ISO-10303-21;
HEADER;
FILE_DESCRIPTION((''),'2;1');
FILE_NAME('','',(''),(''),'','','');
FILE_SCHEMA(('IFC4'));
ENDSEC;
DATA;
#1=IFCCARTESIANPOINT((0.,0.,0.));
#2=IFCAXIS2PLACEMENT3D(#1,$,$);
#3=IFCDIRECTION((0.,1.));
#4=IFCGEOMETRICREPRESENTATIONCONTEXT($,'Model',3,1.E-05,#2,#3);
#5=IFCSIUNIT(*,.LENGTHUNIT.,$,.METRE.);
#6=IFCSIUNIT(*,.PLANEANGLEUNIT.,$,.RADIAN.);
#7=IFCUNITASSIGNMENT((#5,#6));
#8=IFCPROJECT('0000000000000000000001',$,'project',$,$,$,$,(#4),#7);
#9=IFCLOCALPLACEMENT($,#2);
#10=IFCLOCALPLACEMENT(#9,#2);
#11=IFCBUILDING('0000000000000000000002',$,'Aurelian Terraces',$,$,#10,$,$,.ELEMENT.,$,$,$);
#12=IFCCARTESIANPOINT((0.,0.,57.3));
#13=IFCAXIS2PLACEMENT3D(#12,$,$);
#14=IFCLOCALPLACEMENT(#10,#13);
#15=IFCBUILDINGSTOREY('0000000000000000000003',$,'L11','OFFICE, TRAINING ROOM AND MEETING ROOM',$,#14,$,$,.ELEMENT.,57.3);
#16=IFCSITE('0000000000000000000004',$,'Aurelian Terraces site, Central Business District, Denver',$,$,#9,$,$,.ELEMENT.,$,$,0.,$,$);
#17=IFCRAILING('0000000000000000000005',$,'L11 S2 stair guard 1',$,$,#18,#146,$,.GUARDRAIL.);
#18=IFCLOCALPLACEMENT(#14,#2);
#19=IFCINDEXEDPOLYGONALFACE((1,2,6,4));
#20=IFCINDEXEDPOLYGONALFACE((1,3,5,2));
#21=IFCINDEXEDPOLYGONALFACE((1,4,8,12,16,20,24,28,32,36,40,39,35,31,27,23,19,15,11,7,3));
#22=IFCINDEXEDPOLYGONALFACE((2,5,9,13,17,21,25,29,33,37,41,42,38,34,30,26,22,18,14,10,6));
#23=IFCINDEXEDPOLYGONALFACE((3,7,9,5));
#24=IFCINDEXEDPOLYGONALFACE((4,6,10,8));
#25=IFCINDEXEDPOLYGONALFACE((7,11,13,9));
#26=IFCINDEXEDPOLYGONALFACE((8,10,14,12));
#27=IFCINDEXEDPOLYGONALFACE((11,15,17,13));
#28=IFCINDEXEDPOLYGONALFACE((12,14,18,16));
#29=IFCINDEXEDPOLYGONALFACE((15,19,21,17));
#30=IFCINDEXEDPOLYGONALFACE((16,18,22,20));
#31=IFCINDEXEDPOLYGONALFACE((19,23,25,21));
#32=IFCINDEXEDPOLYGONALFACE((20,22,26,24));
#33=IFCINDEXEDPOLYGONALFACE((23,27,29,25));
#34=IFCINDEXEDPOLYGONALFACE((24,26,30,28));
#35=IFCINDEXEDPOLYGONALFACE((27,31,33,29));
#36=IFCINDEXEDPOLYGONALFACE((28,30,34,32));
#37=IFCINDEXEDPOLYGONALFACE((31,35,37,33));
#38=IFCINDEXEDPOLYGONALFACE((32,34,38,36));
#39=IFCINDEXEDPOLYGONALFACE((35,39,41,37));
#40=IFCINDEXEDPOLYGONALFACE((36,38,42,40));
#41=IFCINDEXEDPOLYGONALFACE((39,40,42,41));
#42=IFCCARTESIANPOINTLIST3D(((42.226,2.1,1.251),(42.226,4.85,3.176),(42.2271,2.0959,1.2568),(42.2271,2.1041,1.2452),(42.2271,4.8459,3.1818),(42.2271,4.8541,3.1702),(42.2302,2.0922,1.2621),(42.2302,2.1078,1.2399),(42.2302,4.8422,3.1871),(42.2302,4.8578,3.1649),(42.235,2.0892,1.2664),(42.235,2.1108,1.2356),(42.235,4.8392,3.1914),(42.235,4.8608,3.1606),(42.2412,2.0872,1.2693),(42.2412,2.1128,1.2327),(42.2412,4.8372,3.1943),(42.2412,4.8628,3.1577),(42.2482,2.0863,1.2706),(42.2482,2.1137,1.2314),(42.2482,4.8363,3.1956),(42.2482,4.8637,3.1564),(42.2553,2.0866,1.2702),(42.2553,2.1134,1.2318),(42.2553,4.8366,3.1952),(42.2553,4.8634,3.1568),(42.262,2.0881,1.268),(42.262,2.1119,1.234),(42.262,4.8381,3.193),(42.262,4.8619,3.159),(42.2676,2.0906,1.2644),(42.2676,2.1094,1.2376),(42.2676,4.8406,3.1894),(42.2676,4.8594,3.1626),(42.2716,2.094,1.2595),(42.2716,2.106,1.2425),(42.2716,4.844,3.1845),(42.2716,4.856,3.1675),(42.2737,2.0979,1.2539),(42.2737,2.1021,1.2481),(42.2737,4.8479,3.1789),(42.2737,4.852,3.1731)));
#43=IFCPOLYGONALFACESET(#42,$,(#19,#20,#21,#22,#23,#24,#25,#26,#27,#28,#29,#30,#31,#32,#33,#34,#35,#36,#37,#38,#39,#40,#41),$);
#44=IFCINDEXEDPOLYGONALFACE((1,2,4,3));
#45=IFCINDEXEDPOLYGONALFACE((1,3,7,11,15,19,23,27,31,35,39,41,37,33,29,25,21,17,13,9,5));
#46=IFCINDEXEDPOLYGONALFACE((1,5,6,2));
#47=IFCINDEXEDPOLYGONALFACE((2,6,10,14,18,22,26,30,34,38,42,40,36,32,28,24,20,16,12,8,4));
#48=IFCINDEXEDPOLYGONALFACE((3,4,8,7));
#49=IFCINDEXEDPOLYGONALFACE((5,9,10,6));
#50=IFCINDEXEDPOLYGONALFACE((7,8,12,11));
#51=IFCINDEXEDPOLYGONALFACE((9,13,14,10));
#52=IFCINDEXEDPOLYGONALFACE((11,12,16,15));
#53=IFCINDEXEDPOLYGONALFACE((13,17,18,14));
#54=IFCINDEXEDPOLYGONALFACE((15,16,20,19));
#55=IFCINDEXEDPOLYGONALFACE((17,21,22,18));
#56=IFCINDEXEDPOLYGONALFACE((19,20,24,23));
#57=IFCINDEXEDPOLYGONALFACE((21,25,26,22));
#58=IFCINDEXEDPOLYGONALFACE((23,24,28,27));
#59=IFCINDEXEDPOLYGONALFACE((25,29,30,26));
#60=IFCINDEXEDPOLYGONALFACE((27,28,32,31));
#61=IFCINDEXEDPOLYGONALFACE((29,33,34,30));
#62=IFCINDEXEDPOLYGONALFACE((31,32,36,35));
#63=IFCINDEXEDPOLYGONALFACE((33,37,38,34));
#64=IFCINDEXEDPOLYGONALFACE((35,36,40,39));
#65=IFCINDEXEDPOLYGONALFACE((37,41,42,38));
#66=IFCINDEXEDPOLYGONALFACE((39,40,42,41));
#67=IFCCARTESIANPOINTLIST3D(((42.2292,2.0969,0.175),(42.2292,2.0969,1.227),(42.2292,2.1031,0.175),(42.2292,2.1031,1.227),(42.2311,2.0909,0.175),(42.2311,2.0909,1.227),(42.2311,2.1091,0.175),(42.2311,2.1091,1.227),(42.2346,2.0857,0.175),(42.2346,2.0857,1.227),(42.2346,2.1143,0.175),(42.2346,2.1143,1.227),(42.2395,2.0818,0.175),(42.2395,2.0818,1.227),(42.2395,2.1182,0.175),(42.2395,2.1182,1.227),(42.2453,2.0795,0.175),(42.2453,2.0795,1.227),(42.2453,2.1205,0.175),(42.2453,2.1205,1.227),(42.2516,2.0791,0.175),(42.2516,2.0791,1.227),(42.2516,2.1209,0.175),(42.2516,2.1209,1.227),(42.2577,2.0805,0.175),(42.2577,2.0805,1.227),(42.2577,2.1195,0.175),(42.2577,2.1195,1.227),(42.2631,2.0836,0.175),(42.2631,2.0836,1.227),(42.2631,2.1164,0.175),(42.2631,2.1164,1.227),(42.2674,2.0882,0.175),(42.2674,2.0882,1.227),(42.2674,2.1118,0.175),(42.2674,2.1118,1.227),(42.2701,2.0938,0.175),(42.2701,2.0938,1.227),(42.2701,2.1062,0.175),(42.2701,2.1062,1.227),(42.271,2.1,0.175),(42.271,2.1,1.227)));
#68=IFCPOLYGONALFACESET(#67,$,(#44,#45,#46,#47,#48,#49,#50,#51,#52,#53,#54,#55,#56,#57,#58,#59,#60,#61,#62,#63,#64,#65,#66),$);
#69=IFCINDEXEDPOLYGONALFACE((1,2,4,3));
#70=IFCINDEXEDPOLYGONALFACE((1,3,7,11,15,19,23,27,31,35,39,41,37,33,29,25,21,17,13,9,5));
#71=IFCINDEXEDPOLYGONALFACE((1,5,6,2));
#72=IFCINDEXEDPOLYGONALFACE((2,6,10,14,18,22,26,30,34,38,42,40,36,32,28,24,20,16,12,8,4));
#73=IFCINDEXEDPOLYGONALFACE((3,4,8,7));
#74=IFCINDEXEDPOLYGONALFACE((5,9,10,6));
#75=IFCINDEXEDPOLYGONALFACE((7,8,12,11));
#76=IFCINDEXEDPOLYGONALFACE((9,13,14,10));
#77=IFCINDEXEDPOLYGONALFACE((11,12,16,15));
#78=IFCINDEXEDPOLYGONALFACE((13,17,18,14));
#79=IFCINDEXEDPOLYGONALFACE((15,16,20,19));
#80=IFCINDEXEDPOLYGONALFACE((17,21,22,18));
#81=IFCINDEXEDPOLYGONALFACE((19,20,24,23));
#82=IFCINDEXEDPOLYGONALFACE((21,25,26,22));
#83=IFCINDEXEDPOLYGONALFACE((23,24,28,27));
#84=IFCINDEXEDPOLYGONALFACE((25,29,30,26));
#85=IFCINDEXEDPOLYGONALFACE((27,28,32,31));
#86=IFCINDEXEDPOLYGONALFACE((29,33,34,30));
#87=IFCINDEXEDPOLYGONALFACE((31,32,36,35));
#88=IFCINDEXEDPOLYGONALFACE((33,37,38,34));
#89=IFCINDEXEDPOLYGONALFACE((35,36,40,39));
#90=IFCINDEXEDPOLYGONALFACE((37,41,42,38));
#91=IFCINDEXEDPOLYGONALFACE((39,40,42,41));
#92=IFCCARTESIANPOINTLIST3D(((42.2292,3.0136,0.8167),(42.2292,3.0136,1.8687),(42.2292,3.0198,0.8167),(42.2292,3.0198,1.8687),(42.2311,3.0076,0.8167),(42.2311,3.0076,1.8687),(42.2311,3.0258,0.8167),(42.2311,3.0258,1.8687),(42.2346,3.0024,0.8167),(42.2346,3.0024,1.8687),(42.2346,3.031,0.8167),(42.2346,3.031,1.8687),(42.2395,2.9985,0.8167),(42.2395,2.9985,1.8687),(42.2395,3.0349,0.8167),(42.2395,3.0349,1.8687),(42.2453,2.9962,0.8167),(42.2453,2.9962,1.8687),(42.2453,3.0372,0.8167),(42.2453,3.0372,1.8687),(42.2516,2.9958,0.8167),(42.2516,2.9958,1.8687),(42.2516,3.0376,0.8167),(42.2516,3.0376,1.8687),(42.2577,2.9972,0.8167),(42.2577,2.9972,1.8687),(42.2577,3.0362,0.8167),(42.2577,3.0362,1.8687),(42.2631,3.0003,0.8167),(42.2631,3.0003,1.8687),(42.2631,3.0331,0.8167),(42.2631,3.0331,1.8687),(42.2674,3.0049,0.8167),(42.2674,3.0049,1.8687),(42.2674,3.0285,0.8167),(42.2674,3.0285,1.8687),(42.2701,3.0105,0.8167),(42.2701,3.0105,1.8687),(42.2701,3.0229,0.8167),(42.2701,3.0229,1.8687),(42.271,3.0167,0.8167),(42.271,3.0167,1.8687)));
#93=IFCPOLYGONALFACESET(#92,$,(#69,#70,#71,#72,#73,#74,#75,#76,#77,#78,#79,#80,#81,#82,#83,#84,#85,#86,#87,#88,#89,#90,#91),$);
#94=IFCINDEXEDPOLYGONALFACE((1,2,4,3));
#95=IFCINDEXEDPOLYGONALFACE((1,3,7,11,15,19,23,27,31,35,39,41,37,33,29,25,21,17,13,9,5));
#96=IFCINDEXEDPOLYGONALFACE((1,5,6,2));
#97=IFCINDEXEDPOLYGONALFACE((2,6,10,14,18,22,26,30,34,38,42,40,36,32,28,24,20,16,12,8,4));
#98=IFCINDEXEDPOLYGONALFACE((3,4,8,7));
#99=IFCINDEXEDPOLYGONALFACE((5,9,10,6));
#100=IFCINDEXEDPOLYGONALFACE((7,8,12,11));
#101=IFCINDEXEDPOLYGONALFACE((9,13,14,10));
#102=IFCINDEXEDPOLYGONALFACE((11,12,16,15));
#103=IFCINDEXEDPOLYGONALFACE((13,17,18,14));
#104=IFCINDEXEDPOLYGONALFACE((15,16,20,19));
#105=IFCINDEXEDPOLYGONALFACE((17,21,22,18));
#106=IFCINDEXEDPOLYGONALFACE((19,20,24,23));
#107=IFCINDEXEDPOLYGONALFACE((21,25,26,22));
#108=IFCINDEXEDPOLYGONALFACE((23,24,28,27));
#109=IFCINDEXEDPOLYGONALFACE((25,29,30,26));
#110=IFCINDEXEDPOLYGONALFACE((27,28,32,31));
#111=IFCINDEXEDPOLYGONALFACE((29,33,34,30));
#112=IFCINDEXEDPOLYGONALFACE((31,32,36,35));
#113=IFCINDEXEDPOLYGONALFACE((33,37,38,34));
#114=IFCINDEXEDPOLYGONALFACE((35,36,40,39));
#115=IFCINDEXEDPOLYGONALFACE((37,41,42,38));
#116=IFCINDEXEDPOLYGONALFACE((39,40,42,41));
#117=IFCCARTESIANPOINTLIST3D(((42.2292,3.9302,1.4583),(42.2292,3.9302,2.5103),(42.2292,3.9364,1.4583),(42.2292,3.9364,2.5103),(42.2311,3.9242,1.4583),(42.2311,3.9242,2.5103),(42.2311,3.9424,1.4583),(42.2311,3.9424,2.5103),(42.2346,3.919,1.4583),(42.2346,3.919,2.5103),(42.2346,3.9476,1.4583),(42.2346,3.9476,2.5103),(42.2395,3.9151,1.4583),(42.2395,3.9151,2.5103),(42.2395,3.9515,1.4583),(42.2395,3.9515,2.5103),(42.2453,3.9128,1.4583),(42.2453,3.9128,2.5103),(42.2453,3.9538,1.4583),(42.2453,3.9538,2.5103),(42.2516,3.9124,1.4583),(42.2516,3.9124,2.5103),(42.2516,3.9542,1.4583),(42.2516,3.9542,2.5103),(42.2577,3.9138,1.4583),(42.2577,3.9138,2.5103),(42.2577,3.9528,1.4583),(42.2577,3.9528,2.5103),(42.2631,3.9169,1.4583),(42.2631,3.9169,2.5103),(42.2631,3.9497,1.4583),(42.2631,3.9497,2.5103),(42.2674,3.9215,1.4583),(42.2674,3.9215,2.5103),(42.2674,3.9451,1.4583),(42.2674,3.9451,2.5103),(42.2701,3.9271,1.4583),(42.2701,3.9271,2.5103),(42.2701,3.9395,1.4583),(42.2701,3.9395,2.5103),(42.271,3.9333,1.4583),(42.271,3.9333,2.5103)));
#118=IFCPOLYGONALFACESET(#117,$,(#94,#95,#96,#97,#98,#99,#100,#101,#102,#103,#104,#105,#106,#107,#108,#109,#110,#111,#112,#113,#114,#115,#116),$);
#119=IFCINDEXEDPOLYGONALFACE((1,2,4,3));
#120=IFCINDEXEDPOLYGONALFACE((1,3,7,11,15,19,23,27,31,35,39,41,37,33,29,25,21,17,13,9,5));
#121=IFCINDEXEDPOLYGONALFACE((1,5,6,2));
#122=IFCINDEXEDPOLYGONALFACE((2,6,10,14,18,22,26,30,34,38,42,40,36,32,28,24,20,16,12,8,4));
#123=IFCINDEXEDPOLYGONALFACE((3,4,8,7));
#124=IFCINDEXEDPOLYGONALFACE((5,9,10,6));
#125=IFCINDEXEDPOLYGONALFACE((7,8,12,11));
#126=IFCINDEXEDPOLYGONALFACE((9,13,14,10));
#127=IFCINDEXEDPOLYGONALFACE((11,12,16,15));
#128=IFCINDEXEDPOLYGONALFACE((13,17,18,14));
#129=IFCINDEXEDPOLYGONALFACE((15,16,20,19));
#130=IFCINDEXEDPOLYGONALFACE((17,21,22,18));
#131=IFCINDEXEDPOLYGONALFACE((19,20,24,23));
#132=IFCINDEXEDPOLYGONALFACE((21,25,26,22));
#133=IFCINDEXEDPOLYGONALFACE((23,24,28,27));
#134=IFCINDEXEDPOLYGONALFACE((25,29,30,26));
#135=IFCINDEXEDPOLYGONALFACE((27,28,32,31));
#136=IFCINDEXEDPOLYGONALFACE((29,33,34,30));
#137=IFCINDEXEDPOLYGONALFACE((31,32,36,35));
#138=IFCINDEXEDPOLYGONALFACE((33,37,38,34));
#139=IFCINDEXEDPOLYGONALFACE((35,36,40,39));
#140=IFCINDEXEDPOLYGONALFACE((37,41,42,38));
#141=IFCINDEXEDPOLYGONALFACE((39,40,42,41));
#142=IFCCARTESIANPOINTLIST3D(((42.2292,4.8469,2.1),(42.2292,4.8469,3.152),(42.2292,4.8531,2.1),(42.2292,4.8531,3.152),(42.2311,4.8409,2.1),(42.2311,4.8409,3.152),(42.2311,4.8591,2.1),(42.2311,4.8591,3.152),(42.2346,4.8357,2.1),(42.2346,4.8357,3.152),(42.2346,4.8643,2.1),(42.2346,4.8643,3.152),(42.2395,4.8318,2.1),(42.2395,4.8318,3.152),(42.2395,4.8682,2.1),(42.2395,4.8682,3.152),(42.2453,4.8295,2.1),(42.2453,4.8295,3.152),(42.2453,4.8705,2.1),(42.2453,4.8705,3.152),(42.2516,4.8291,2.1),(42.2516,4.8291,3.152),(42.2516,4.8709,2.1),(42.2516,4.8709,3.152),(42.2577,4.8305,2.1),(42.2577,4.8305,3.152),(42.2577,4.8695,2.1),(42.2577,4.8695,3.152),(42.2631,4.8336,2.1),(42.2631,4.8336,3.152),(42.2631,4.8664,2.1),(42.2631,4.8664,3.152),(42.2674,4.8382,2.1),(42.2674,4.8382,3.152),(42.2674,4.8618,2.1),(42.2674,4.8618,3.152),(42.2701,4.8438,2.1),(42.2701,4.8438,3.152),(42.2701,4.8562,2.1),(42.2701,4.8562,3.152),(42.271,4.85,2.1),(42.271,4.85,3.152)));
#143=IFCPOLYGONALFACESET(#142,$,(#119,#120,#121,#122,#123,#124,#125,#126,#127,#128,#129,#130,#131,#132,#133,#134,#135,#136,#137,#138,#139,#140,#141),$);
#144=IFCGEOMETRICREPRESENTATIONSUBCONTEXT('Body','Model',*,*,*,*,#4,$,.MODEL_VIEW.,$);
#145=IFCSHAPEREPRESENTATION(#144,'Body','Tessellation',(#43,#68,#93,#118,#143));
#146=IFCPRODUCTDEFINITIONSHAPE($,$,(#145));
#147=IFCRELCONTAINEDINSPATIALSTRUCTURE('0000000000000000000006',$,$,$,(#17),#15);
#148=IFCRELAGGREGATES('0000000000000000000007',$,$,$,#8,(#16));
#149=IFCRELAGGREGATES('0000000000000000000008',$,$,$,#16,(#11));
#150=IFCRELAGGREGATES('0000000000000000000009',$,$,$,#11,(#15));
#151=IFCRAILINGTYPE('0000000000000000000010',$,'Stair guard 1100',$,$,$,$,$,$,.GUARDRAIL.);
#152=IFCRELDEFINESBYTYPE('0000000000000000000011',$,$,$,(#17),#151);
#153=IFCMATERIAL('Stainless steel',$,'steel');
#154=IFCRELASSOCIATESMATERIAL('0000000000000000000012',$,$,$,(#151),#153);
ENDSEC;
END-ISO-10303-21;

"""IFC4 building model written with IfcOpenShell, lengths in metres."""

from ifc_helpers import new_model, si_unit, direction, frame, origin, origin_2d, place, context, subcontext, project, spatial, circle, extrude, source, transform, mapped, material, type_object, element, save


model = new_model("IFC4")

# Units and contexts
model_context = context("Model", 3, precision=1e-05, world=origin(), true_north=direction((0.0, 1.0)))
body_context = subcontext(model_context, "Body", "Model", "MODEL_VIEW")
ifc_project = project(units=[si_unit("LENGTHUNIT", "METRE"), si_unit("PLANEANGLEUNIT", "RADIAN")], contexts=[model_context])

# Site, building, storey
site_placement = place(None, origin())
site = spatial("IfcSite", under=ifc_project, at=site_placement, Name="Aurelian Terraces site, Central Business District, Denver", CompositionType="ELEMENT", RefElevation=0.0)
building_placement = place(site_placement, origin())
building = spatial("IfcBuilding", under=site, at=building_placement, Name="Aurelian Terraces", CompositionType="ELEMENT")
storey_placement = place(building_placement, frame((0.0, 0.0, 57.3)))
storey = spatial("IfcBuildingStorey", under=building, at=storey_placement, Name="L11", Description="OFFICE, TRAINING ROOM AND MEETING ROOM", CompositionType="ELEMENT", Elevation=57.3)

# Railing
ifc_material_1 = material(Name="Stainless steel", Category="steel")
railing_type_1 = type_object("IfcRailingType", Name="Stair guard 1100", PredefinedType="GUARDRAIL", material=ifc_material_1)
shared_shape_1 = source(origin(), body_context, "Body", "SweptSolid", [
    extrude(circle(Radius=0.024, at=origin_2d()), frame((0.0, 0.0, 1.076), z_axis=(0.0, 0.819232, 0.573462), x_axis=(-1.0, 0.0, 0.0)), (0.0, 0.0, 1.0), 3.3568),
    extrude(circle(Radius=0.021, at=origin_2d()), origin(), (0.0, 0.0, 1.0), 1.052),
    extrude(circle(Radius=0.021, at=origin_2d()), frame((0.0, 0.9167, 0.6417)), (0.0, 0.0, 1.0), 1.052),
    extrude(circle(Radius=0.021, at=origin_2d()), frame((0.0, 1.8333, 1.2833)), (0.0, 0.0, 1.0), 1.052),
    extrude(circle(Radius=0.021, at=origin_2d()), frame((0.0, 2.75, 1.925)), (0.0, 0.0, 1.0), 1.052),
])
railing_1_placement = place(storey_placement, frame((42.25, 2.1, 0.175)))
element("IfcRailing", 1, at=railing_1_placement, inside=storey, type_object=railing_type_1, Name="L11 S2 stair guard 1", PredefinedType="GUARDRAIL", context=body_context, shape_type="MappedRepresentation", body=[
    mapped(shared_shape_1, transform((0.0, 0.0, 0.0), scale=1.0)),
])

save(model, "model.ifc")
